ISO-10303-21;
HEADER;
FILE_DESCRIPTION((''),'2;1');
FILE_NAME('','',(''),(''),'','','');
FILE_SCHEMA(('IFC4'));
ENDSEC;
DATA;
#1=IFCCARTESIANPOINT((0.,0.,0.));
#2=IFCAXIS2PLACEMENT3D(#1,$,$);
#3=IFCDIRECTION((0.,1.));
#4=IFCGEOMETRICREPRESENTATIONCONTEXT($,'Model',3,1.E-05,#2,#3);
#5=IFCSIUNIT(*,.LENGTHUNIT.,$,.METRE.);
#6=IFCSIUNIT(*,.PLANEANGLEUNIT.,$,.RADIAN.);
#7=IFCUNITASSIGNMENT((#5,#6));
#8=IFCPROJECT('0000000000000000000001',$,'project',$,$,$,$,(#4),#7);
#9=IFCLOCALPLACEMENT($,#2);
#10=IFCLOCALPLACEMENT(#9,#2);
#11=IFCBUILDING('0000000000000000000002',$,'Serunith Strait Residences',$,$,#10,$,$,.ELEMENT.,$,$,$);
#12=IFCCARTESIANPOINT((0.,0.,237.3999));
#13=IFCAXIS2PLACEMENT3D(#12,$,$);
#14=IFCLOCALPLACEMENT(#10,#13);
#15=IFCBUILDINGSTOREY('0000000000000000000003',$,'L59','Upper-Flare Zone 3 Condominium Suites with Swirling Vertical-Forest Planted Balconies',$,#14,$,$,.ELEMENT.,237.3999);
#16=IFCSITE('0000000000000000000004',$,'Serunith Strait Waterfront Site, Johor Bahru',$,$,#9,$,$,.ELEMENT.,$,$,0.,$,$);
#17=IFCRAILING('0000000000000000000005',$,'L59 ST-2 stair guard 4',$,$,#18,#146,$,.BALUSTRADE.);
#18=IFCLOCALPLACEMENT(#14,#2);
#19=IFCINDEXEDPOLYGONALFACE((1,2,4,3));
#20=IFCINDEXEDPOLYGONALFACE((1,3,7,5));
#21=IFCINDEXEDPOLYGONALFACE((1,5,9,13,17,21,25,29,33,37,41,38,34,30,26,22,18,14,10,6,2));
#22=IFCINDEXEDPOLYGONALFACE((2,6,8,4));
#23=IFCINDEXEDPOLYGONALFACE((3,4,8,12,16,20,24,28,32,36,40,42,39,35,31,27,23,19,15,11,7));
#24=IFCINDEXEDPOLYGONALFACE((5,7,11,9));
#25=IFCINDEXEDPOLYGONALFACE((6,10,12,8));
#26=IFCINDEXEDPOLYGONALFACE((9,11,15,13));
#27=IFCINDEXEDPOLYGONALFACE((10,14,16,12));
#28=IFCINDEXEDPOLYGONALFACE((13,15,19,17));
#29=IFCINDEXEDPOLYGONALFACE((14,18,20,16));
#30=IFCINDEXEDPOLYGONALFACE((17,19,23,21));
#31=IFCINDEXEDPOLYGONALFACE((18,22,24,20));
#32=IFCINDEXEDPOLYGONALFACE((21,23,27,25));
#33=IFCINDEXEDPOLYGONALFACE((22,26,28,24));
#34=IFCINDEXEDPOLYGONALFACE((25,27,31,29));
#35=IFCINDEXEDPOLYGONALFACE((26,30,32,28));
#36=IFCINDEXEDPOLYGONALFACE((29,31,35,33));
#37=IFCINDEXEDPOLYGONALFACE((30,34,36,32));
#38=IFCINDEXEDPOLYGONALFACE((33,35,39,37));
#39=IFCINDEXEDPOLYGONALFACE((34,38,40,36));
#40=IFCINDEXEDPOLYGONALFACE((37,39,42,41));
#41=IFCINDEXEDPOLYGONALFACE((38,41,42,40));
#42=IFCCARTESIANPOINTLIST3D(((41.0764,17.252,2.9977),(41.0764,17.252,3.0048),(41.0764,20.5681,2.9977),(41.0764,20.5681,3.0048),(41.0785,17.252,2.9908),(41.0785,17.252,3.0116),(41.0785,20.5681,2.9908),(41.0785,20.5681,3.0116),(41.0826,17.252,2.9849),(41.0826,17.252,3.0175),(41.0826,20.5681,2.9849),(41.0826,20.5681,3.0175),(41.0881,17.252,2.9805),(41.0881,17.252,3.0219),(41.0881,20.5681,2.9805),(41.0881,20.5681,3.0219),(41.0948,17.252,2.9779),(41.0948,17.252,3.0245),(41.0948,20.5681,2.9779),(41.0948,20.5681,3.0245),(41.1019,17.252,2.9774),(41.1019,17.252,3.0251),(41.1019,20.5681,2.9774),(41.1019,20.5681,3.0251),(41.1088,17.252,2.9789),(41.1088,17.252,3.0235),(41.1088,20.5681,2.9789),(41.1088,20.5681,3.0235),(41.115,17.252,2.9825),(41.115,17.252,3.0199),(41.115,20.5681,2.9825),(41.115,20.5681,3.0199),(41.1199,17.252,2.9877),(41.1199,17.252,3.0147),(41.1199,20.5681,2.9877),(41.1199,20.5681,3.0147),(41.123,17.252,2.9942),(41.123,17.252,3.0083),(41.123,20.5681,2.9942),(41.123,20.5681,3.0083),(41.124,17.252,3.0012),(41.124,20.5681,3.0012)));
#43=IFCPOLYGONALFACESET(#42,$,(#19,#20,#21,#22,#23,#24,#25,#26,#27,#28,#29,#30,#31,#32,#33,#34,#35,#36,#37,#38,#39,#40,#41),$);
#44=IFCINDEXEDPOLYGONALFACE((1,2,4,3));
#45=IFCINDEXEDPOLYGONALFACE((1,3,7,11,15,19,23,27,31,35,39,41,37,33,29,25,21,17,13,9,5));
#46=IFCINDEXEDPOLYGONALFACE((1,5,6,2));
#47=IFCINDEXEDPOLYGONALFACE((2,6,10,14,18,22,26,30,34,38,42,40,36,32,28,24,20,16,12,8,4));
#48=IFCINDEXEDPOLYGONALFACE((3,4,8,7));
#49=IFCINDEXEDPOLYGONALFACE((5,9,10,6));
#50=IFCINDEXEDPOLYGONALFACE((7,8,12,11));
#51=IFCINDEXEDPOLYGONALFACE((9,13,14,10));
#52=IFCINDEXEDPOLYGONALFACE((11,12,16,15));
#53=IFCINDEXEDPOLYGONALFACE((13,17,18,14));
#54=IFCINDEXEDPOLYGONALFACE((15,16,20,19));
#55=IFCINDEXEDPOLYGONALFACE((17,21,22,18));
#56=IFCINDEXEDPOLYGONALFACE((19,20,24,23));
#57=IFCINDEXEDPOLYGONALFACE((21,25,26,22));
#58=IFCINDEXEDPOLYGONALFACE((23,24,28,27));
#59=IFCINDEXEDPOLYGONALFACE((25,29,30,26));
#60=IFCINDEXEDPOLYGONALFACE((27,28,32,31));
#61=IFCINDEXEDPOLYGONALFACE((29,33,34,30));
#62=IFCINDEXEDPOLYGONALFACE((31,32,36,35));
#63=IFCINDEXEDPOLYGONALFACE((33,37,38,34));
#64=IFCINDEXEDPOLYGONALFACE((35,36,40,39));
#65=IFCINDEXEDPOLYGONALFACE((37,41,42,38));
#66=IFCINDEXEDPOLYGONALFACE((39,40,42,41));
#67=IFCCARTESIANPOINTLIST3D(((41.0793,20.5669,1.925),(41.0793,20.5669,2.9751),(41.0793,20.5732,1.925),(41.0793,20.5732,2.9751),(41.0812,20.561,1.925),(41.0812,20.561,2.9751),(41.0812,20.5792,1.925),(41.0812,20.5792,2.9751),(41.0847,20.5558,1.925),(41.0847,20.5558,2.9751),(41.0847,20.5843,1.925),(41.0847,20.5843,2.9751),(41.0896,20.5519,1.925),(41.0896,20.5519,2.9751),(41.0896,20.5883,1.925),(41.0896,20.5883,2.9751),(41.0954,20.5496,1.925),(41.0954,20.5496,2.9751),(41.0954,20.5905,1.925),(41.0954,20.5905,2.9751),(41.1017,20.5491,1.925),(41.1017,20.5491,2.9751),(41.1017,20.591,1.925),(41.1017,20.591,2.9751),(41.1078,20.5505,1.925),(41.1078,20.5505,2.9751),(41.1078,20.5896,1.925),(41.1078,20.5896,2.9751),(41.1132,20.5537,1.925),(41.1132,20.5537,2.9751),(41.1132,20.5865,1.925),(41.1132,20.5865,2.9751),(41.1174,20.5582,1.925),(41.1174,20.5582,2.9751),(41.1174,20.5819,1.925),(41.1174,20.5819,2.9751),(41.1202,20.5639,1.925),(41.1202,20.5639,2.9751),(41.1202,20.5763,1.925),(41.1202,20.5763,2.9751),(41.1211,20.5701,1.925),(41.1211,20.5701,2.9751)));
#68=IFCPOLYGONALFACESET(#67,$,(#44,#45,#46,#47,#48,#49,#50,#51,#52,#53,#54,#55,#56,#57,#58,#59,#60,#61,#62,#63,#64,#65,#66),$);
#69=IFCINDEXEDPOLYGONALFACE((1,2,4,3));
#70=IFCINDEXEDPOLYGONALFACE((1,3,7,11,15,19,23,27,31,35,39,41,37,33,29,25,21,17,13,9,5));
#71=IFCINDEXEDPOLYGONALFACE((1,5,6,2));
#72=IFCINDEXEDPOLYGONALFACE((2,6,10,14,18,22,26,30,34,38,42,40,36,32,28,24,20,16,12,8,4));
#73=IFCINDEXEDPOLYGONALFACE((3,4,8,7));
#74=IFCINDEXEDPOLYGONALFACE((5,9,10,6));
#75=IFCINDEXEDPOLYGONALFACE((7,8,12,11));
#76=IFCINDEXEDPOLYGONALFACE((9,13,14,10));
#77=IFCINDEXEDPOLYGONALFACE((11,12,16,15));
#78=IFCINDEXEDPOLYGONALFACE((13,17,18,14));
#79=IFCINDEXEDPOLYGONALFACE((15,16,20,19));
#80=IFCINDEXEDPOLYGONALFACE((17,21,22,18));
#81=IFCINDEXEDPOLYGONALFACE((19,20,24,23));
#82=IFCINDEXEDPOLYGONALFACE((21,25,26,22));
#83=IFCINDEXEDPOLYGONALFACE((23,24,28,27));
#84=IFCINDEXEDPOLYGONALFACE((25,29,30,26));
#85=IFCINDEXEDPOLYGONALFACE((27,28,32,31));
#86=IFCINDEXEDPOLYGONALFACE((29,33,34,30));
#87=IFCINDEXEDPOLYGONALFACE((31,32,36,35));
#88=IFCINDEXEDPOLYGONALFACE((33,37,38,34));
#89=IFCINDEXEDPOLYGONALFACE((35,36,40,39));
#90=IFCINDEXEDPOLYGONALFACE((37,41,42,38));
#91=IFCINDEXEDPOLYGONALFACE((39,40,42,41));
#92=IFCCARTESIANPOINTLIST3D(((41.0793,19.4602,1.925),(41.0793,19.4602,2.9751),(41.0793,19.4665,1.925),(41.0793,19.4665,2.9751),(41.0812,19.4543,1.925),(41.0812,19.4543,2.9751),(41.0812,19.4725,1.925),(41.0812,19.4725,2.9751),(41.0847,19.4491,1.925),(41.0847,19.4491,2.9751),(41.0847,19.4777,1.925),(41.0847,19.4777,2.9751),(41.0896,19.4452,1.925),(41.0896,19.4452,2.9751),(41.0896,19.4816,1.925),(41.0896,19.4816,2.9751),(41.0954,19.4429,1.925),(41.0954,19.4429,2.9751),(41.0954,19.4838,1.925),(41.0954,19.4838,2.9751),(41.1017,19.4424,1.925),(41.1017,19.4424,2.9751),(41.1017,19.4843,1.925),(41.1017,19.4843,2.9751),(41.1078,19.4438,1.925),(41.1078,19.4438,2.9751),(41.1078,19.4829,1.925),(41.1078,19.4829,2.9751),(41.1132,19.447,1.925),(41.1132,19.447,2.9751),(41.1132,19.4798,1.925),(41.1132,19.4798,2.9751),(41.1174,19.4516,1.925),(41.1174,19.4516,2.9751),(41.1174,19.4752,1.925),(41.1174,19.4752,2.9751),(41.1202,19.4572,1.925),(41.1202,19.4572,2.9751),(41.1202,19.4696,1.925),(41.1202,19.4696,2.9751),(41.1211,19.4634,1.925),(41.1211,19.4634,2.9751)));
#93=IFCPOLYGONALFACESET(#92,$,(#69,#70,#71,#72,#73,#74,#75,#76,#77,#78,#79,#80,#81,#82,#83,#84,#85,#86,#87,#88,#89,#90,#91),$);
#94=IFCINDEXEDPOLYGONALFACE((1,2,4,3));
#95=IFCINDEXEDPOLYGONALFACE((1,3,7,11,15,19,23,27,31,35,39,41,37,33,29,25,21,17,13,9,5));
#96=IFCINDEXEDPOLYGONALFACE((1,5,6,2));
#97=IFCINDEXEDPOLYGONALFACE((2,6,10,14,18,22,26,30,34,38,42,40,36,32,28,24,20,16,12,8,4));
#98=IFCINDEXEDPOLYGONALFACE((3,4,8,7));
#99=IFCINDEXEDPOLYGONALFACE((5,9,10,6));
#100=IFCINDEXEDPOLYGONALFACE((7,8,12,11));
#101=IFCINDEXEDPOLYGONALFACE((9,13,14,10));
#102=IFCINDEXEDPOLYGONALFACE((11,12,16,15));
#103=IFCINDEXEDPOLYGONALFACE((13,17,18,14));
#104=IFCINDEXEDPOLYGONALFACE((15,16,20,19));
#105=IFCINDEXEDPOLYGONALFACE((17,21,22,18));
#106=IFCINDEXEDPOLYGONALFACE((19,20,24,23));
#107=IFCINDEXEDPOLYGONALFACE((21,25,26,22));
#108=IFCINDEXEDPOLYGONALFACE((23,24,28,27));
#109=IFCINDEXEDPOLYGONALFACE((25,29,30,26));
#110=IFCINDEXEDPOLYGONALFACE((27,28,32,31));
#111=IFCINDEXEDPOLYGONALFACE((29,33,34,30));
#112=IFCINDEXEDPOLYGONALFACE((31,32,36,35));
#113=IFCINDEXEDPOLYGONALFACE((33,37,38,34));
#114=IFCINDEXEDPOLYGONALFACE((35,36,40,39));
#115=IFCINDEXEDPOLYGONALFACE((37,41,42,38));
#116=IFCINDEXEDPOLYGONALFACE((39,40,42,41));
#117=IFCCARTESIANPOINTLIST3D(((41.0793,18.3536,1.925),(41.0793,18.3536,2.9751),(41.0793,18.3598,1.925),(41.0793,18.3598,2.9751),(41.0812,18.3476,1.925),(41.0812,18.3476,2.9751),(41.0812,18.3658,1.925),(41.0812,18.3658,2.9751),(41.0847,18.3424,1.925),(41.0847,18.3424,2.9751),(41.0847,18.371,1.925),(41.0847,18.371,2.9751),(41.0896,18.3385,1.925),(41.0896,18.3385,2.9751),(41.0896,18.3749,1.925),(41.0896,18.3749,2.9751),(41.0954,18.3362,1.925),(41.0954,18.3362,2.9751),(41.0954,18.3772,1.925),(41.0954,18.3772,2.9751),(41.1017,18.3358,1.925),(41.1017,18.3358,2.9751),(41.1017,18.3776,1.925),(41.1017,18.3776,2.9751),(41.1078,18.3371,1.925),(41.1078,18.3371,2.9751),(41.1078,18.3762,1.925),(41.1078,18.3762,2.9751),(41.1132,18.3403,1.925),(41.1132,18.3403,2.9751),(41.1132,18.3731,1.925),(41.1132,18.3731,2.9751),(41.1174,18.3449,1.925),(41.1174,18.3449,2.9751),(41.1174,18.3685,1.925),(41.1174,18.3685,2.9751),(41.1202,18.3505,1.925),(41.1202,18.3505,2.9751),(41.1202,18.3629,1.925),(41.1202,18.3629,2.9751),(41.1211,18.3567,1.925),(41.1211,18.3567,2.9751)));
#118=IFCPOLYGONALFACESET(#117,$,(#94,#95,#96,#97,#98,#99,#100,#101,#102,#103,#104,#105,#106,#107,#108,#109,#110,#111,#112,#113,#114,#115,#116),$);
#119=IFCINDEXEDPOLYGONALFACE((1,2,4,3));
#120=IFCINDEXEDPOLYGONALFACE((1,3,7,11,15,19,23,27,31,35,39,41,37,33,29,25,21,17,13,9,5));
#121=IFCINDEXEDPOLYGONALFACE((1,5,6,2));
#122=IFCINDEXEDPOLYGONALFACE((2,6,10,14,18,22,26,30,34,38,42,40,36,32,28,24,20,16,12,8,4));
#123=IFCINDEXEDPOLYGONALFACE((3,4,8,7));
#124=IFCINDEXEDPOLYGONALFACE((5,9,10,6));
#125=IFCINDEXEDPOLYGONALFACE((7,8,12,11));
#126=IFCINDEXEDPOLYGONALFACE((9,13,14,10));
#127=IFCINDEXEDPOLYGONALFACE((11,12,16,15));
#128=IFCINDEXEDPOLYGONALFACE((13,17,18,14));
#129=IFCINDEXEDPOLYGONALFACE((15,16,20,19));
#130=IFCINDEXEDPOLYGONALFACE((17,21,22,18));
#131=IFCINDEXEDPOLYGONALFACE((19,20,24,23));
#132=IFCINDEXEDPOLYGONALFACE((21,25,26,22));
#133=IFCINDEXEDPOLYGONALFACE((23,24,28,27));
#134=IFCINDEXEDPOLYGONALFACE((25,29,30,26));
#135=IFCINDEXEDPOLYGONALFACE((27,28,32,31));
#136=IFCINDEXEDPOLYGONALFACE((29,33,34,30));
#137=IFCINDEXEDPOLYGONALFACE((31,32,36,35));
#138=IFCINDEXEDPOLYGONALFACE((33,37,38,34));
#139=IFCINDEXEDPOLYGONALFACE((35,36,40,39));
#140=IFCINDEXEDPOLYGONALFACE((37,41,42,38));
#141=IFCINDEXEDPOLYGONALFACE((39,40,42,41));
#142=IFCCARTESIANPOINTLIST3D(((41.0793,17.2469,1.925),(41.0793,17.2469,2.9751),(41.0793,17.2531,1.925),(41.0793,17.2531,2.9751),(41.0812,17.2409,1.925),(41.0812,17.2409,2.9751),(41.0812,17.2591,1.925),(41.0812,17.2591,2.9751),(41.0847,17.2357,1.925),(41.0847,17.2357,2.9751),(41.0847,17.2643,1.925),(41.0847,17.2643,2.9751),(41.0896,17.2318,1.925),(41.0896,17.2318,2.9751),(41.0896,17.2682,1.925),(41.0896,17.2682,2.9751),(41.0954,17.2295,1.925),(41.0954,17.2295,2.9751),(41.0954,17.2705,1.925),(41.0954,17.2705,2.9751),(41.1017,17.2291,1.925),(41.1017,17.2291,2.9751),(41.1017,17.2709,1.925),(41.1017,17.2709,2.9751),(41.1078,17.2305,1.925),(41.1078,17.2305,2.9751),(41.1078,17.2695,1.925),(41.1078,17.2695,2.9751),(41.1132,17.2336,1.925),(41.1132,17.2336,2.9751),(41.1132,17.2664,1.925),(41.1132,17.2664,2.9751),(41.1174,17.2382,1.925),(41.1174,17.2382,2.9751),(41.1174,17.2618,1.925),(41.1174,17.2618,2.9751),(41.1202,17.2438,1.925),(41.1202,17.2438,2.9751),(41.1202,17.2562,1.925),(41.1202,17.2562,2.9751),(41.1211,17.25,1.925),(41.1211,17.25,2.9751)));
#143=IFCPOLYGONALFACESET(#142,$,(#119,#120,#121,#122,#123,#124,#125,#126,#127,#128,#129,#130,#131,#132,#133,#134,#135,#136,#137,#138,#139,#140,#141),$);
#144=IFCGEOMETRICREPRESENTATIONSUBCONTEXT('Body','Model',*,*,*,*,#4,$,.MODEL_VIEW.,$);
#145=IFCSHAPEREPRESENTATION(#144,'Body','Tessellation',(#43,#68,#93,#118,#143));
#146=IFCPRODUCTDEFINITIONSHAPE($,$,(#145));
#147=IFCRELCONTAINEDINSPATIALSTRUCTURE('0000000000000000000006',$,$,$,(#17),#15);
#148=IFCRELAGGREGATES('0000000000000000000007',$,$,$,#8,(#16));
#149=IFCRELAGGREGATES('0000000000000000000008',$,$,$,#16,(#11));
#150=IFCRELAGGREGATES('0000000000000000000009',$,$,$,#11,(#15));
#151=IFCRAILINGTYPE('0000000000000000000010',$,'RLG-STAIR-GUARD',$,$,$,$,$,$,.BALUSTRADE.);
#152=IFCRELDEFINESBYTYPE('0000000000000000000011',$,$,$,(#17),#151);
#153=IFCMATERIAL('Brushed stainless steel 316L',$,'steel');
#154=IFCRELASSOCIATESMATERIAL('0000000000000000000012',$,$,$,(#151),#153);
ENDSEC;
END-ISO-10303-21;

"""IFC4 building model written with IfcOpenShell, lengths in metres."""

from ifc_helpers import new_model, si_unit, direction, frame, origin, origin_2d, place, context, subcontext, project, spatial, circle, extrude, material, type_object, element, save


model = new_model("IFC4")

# Units and contexts
model_context = context("Model", 3, precision=1e-05, world=origin(), true_north=direction((0.0, 1.0)))
body_context = subcontext(model_context, "Body", "Model", "MODEL_VIEW")
ifc_project = project(units=[si_unit("LENGTHUNIT", "METRE"), si_unit("PLANEANGLEUNIT", "RADIAN")], contexts=[model_context])

# Site, building, storey
site_placement = place(None, origin())
site = spatial("IfcSite", under=ifc_project, at=site_placement, Name="Serunith Strait Waterfront Site, Johor Bahru", CompositionType="ELEMENT", RefElevation=0.0)
building_placement = place(site_placement, origin())
building = spatial("IfcBuilding", under=site, at=building_placement, Name="Serunith Strait Residences", CompositionType="ELEMENT")
storey_placement = place(building_placement, frame((0.0, 0.0, 237.3999)))
storey = spatial("IfcBuildingStorey", under=building, at=storey_placement, Name="L59", Description="Upper-Flare Zone 3 Condominium Suites with Swirling Vertical-Forest Planted Balconies", CompositionType="ELEMENT", Elevation=237.3999)

# Railing
ifc_material_1 = material(Name="Brushed stainless steel 316L", Category="steel")
railing_type_1 = type_object("IfcRailingType", Name="RLG-STAIR-GUARD", PredefinedType="BALUSTRADE", material=ifc_material_1)
for number, where, name in (
    (1, (41.1001, 20.5701, 1.925), "L59 ST-2 stair guard 4"),
):
    element("IfcRailing", number, at=place(storey_placement, frame(where)), inside=storey, type_object=railing_type_1, Name=name, PredefinedType="BALUSTRADE", context=body_context, shape_type="SweptSolid", body=[
        extrude(circle(Radius=0.0239, at=origin_2d()), frame((0.0, -0.002, 1.0762), z_axis=(0.0, -1.0, 0.0), x_axis=(1.0, 0.0, 0.0)), (0.0, 0.0, 1.0), 3.3162),
        extrude(circle(Radius=0.021, at=origin_2d()), origin(), (0.0, 0.0, 1.0), 1.05),
        extrude(circle(Radius=0.021, at=origin_2d()), frame((0.0, -1.1067, 0.0)), (0.0, 0.0, 1.0), 1.05),
        extrude(circle(Radius=0.021, at=origin_2d()), frame((0.0, -2.2134, 0.0)), (0.0, 0.0, 1.0), 1.05),
        extrude(circle(Radius=0.021, at=origin_2d()), frame((0.0, -3.3201, 0.0)), (0.0, 0.0, 1.0), 1.05),
    ])

save(model, "model.ifc")
